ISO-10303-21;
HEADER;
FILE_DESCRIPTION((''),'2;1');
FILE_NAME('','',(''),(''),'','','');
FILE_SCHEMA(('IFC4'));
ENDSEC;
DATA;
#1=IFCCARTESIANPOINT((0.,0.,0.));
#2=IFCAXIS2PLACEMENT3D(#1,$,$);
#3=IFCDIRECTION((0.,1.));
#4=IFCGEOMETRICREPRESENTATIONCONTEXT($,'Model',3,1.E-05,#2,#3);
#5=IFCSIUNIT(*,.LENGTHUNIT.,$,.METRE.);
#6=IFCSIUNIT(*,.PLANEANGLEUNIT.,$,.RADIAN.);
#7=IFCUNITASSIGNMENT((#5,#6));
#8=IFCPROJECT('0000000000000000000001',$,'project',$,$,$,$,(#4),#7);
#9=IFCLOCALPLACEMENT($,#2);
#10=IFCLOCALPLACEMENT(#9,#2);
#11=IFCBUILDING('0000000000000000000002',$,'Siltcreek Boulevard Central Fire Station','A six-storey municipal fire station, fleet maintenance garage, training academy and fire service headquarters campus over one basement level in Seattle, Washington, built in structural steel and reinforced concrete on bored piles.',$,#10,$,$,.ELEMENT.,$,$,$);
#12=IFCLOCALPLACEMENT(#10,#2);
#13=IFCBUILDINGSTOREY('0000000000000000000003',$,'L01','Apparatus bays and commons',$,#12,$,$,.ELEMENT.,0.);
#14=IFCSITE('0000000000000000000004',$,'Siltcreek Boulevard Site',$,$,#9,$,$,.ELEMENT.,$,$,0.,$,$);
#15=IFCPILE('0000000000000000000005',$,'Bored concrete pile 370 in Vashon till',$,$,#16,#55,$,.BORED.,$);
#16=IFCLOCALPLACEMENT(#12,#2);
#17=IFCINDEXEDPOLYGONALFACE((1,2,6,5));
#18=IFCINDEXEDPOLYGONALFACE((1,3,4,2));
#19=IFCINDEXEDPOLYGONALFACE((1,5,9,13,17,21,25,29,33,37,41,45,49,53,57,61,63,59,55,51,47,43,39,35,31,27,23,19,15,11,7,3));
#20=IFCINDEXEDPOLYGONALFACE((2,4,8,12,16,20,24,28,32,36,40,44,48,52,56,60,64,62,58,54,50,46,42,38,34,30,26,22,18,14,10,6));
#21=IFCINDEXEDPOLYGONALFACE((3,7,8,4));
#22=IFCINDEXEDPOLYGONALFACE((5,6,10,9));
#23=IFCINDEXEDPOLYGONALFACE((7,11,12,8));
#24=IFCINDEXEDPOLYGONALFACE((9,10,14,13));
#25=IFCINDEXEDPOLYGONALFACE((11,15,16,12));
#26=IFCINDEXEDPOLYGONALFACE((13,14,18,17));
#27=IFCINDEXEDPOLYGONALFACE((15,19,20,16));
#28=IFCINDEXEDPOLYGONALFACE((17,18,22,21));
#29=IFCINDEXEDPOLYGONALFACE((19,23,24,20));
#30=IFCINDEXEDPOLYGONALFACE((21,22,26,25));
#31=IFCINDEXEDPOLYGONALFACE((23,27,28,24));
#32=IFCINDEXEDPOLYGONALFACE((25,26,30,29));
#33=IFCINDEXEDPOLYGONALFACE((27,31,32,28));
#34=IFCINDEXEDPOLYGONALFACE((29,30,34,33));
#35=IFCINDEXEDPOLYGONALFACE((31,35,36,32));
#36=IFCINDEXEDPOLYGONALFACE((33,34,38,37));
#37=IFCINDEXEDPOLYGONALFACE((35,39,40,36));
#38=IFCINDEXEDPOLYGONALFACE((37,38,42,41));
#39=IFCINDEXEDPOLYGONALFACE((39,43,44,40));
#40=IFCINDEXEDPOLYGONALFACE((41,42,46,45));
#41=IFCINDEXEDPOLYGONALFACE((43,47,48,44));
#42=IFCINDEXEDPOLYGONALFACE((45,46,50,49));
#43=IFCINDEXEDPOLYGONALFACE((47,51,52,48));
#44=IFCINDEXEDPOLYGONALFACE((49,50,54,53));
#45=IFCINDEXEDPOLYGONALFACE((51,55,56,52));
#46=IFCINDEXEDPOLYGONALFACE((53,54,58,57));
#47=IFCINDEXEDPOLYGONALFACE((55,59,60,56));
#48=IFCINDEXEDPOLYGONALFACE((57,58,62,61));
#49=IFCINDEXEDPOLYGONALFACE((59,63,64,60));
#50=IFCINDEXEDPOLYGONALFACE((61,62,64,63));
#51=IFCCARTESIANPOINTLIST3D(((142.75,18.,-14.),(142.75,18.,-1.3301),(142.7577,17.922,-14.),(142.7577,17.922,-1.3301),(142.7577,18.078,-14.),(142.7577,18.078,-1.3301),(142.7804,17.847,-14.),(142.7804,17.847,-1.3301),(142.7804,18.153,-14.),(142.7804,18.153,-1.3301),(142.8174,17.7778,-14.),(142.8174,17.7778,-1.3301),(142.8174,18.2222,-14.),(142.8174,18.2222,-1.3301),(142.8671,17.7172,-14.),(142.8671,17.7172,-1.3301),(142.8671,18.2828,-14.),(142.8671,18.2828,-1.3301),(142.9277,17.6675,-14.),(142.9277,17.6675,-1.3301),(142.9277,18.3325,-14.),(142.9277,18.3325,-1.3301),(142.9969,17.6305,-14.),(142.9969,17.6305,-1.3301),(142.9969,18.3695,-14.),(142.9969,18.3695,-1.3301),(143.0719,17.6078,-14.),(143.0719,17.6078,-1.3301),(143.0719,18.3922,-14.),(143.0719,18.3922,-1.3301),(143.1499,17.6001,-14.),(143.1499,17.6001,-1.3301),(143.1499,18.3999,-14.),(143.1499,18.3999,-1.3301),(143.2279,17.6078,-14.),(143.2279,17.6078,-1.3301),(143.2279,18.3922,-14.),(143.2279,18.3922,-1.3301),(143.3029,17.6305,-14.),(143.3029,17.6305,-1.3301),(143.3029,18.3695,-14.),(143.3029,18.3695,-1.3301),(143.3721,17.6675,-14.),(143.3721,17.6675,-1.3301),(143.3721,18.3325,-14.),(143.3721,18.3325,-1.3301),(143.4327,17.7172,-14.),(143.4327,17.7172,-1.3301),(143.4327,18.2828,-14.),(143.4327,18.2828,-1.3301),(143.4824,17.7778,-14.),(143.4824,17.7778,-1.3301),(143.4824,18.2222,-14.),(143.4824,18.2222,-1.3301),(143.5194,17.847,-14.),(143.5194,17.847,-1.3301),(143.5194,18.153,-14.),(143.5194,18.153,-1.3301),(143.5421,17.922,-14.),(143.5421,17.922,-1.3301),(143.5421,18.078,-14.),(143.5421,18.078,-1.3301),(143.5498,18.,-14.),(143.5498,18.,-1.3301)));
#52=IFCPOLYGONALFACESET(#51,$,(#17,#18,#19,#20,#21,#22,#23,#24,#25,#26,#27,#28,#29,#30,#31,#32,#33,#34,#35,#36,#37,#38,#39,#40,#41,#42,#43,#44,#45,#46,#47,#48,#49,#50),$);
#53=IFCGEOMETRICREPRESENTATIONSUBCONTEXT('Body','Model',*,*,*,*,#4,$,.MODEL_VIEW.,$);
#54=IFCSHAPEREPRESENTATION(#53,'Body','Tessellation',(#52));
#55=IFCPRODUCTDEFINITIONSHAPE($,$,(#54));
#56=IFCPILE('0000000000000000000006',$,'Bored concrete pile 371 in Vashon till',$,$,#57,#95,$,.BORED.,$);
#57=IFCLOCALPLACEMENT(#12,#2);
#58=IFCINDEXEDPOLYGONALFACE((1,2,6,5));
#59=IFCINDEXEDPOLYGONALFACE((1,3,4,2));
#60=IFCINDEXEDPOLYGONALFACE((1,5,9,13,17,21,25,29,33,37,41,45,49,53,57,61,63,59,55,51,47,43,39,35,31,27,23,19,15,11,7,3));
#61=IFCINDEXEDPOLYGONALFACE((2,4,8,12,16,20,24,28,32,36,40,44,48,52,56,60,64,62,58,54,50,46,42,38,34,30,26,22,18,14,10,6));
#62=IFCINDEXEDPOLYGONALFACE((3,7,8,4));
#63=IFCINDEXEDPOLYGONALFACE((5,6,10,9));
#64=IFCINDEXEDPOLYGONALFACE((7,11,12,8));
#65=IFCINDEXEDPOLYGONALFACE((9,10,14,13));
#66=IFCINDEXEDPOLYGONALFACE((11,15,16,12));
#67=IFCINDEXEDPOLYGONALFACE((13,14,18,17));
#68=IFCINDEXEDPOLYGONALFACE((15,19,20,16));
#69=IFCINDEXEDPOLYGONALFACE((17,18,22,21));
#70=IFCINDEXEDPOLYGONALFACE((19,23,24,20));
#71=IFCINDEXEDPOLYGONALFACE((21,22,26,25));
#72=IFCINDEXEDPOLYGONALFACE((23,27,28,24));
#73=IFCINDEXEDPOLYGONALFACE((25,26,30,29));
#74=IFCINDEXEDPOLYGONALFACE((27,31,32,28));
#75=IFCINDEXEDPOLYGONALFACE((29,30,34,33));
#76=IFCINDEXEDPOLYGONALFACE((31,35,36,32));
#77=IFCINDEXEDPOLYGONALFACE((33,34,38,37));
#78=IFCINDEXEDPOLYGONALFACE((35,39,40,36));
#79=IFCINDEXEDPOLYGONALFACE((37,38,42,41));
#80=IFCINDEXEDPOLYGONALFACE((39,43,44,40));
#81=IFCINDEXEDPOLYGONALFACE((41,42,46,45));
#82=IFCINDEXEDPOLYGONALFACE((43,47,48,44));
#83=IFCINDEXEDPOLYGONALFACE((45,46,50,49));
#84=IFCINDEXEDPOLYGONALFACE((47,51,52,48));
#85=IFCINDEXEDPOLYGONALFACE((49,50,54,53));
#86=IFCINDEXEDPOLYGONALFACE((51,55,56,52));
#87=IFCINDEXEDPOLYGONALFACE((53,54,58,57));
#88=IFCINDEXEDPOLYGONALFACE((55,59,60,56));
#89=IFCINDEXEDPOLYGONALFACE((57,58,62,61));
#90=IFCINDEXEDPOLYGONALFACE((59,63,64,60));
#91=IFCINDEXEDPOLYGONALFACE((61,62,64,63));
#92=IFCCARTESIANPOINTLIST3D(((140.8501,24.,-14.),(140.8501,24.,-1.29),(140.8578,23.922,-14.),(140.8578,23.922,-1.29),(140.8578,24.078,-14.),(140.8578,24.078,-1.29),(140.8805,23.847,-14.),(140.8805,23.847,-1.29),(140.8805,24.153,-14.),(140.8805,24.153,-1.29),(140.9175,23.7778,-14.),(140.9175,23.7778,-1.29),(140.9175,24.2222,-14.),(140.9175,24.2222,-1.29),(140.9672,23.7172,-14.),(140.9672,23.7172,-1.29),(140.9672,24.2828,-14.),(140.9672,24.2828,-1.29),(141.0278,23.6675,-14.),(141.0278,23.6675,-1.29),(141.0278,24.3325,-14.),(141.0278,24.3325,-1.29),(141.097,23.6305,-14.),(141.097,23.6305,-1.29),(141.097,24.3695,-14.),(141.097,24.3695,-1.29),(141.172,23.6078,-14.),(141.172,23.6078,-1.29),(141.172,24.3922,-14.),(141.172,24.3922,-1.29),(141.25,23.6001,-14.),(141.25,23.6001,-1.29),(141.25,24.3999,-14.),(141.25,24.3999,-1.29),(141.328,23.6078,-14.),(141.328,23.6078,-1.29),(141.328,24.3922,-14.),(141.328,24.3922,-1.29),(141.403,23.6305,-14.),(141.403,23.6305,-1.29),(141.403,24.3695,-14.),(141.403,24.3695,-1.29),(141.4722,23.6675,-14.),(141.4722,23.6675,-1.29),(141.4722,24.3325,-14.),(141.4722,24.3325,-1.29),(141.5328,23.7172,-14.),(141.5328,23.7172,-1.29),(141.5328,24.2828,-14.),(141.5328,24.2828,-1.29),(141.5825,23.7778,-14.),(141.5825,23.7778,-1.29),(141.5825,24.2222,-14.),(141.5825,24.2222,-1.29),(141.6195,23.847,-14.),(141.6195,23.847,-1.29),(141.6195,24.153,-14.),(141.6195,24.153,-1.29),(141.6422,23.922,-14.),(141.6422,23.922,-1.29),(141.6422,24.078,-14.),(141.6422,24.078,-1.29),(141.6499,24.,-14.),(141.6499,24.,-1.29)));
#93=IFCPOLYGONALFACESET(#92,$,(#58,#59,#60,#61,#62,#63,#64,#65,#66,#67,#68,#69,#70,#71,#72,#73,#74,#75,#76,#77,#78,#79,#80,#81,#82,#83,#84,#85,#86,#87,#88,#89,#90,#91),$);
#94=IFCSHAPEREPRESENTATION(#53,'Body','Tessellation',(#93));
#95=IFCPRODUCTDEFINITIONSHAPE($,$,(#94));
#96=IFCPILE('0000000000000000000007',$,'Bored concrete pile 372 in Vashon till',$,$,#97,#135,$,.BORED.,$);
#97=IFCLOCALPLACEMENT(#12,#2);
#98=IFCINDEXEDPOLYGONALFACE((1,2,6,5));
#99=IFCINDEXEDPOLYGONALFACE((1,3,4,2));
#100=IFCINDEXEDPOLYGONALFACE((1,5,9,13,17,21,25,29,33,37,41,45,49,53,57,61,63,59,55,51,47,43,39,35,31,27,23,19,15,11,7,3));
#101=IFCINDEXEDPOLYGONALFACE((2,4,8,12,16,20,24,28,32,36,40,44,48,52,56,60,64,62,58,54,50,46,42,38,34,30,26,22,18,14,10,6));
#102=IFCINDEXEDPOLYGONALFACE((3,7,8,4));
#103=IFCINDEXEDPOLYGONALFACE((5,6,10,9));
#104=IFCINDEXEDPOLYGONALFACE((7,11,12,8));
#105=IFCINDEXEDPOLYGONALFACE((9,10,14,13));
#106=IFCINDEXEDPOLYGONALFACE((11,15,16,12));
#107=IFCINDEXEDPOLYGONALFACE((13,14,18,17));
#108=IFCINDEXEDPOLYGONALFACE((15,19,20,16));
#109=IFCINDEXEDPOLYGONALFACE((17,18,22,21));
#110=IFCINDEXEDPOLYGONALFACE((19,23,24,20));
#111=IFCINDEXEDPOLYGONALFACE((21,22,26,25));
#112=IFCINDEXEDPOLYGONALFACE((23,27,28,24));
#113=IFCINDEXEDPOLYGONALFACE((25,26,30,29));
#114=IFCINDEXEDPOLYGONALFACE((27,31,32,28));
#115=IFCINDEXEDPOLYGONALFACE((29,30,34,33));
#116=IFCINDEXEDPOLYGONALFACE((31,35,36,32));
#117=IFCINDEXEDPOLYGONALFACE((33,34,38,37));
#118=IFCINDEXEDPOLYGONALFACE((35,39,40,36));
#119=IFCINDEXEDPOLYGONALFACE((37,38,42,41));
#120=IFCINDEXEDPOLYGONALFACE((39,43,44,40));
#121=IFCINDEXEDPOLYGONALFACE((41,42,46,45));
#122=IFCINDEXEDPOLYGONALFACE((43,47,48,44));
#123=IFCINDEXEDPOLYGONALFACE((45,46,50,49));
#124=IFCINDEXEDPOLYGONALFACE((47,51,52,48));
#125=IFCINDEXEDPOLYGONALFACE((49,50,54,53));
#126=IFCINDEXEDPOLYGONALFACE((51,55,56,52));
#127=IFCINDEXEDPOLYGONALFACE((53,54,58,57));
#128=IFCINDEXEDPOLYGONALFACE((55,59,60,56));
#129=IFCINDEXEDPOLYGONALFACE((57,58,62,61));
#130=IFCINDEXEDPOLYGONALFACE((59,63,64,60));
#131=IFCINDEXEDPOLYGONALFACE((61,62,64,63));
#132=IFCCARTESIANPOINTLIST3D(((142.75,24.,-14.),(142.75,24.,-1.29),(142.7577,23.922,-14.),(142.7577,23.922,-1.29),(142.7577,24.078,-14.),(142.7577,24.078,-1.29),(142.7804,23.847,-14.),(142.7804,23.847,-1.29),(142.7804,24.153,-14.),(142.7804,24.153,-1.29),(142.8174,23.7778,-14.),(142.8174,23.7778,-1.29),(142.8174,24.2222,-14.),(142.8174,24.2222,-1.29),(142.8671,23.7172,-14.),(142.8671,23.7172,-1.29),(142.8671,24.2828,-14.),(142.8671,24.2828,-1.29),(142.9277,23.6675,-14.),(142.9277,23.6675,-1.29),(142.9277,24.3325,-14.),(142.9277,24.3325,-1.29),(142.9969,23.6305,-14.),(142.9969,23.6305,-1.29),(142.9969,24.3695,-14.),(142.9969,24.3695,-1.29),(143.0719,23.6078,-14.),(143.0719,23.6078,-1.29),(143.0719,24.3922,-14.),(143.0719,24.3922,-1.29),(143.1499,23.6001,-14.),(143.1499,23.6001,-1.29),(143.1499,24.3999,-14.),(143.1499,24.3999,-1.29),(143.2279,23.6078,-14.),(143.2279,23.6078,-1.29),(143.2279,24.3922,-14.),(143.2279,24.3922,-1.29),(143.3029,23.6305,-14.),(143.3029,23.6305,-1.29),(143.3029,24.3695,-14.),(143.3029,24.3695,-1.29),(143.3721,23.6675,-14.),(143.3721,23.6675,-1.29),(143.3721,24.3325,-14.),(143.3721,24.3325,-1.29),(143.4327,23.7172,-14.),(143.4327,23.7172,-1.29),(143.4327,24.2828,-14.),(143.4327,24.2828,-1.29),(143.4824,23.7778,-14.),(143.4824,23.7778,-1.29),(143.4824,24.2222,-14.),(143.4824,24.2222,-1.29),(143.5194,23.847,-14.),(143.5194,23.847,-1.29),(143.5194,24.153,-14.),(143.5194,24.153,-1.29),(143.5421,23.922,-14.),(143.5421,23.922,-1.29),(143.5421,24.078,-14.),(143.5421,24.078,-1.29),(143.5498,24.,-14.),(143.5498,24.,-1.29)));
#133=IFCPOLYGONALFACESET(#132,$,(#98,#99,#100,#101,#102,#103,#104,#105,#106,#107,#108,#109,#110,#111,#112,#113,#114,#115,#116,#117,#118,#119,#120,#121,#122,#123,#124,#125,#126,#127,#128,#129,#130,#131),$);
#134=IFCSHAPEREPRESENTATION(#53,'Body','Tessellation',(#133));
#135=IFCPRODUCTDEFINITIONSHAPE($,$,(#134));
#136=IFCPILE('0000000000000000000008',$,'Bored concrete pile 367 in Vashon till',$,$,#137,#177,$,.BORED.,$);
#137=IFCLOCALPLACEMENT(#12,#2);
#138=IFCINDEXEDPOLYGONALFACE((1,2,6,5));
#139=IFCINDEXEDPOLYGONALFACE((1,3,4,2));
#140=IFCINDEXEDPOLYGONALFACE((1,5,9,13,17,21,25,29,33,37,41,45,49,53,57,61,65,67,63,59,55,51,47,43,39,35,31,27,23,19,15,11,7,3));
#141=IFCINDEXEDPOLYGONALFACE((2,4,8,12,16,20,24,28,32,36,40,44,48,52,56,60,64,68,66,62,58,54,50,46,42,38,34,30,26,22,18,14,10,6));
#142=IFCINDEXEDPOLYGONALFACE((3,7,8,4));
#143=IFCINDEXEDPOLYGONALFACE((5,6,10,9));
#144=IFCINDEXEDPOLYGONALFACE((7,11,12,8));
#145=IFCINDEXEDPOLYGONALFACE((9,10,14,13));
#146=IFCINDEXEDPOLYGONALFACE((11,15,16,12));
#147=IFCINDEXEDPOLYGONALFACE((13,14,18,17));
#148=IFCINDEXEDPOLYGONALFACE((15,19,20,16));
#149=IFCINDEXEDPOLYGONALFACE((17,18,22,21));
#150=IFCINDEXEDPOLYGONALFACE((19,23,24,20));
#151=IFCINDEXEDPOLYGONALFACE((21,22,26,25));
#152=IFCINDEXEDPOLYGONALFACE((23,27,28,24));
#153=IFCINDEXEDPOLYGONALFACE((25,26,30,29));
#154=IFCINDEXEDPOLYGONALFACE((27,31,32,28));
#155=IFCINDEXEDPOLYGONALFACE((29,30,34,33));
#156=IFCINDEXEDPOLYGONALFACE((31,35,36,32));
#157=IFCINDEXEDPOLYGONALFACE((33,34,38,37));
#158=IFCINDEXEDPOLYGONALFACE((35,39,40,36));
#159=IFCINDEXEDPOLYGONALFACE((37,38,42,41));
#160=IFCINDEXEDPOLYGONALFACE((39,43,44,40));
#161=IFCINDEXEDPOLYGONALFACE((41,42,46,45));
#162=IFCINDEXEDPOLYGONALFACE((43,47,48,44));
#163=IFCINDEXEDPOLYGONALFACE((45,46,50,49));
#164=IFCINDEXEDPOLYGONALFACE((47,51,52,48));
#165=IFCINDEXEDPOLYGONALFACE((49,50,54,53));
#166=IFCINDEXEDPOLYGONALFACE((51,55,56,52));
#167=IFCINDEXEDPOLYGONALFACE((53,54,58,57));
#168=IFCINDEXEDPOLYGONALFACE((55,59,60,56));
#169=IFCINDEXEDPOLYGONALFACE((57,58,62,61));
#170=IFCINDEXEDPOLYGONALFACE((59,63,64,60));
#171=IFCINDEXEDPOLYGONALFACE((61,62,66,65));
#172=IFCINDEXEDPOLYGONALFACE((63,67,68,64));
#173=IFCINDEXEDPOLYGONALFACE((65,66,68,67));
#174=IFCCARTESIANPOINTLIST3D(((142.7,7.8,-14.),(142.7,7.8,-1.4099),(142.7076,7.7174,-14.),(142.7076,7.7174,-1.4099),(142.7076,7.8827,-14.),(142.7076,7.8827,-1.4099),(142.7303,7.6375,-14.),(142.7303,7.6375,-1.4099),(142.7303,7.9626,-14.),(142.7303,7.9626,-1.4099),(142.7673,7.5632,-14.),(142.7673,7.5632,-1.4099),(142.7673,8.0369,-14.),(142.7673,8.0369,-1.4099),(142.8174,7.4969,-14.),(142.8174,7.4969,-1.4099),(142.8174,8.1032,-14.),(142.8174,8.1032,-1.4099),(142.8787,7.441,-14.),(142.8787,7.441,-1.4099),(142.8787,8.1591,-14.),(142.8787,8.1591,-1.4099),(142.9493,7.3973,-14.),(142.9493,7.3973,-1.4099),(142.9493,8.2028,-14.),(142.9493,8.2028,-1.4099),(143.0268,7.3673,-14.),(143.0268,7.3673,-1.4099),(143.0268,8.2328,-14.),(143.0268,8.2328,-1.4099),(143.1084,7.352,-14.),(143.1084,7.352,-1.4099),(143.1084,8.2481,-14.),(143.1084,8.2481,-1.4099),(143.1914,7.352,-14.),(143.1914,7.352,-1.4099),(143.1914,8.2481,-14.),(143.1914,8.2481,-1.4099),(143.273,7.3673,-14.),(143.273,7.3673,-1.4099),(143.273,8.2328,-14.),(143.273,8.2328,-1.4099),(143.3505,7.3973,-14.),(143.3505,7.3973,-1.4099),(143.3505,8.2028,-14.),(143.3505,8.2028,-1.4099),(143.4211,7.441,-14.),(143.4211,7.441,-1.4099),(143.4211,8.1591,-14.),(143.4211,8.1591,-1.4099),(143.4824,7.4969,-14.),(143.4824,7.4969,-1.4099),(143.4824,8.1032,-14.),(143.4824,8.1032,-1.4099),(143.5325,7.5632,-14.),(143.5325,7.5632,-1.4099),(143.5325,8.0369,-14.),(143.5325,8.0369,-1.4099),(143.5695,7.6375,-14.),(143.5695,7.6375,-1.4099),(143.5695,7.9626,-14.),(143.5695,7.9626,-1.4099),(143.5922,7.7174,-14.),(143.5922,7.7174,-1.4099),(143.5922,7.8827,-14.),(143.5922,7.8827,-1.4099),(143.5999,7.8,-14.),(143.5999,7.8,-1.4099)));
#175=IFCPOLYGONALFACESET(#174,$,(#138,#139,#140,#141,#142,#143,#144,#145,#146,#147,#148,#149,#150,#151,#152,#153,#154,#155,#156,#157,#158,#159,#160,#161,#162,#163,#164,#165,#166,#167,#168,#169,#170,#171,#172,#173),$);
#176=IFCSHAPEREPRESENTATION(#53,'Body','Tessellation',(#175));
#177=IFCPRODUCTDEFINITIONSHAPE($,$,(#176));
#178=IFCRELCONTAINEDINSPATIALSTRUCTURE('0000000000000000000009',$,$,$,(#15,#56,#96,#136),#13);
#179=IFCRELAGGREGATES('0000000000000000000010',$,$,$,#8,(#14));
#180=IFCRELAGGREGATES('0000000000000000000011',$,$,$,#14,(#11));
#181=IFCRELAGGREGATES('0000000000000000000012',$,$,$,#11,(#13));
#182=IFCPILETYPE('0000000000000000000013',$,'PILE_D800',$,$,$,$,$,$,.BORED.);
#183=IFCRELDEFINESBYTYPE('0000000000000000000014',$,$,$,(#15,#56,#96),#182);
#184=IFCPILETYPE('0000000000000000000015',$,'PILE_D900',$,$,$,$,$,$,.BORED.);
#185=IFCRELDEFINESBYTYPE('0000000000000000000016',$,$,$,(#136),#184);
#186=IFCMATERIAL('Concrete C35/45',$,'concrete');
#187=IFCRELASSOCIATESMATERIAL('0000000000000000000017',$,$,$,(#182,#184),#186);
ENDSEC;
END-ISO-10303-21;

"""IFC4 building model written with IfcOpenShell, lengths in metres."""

from ifc_helpers import new_model, si_unit, direction, frame, origin, origin_2d, place, context, subcontext, project, spatial, circle, extrude, material, material_profile, profile_set, type_object, element, save


model = new_model("IFC4")

# Units and contexts
model_context = context("Model", 3, precision=1e-05, world=origin(), true_north=direction((0.0, 1.0)))
body_context = subcontext(model_context, "Body", "Model", "MODEL_VIEW")
ifc_project = project(units=[si_unit("LENGTHUNIT", "METRE"), si_unit("PLANEANGLEUNIT", "RADIAN")], contexts=[model_context])

# Site, building, storey
site_placement = place(None, origin())
site = spatial("IfcSite", under=ifc_project, at=site_placement, Name="Siltcreek Boulevard Site", CompositionType="ELEMENT", RefElevation=0.0)
building_placement = place(site_placement, origin())
building = spatial("IfcBuilding", under=site, at=building_placement, Name="Siltcreek Boulevard Central Fire Station", Description="A six-storey municipal fire station, fleet maintenance garage, training academy and fire service headquarters campus over one basement level in Seattle, Washington, built in structural steel and reinforced concrete on bored piles.", CompositionType="ELEMENT")
storey_placement = place(building_placement, origin())
storey = spatial("IfcBuildingStorey", under=building, at=storey_placement, Name="L01", Description="Apparatus bays and commons", CompositionType="ELEMENT", Elevation=0.0)

# Shared definitions
ifc_material_1 = material(Name="Concrete C35/45", Category="concrete")

# Piles
ifc_material_profile_1 = material_profile(ifc_material_1, circle(Radius=0.3999, at=origin_2d()), Name="SHAFT800")
ifc_profile_set_1 = profile_set([ifc_material_profile_1], Name="Concrete C35/45")
pile_type_1 = type_object("IfcPileType", Name="PILE_D800", PredefinedType="BORED", material=ifc_profile_set_1)
for number, where, z_axis, x_axis, name in (
    (1, (143.1499, 18.0, -1.3301), (0.0, 0.0, -1.0), (1.0, 0.0, 0.0), "Bored concrete pile 370 in Vashon till"),
):
    element("IfcPile", number, at=place(storey_placement, frame(where, z_axis=z_axis, x_axis=x_axis)), inside=storey, type_object=pile_type_1, Name=name, PredefinedType="BORED", context=body_context, shape_type="SweptSolid", body=[
        extrude(circle(Radius=0.3999, at=origin_2d()), origin(), (0.0, 0.0, 1.0), 12.6699),
    ])
for number, where, z_axis, x_axis, name in (
    (2, (141.25, 24.0, -1.29), (0.0, 0.0, -1.0), (1.0, 0.0, 0.0), "Bored concrete pile 371 in Vashon till"),
    (3, (143.1499, 24.0, -1.29), (0.0, 0.0, -1.0), (1.0, 0.0, 0.0), "Bored concrete pile 372 in Vashon till"),
):
    element("IfcPile", number, at=place(storey_placement, frame(where, z_axis=z_axis, x_axis=x_axis)), inside=storey, type_object=pile_type_1, Name=name, PredefinedType="BORED", context=body_context, shape_type="SweptSolid", body=[
        extrude(circle(Radius=0.3999, at=origin_2d()), origin(), (0.0, 0.0, 1.0), 12.71),
    ])
ifc_material_profile_2 = material_profile(ifc_material_1, circle(Radius=0.45, at=origin_2d()), Name="SHAFT900")
ifc_profile_set_2 = profile_set([ifc_material_profile_2], Name="Concrete C35/45")
pile_type_2 = type_object("IfcPileType", Name="PILE_D900", PredefinedType="BORED", material=ifc_profile_set_2)
pile_1_placement = place(storey_placement, frame((143.1499, 7.8, -1.4099), z_axis=(0.0, 0.0, -1.0), x_axis=(1.0, 0.0, 0.0)))
element("IfcPile", 4, at=pile_1_placement, inside=storey, type_object=pile_type_2, Name="Bored concrete pile 367 in Vashon till", PredefinedType="BORED", context=body_context, shape_type="SweptSolid", body=[
    extrude(circle(Radius=0.45, at=origin_2d()), origin(), (0.0, 0.0, 1.0), 12.5901),
])

save(model, "model.ifc")
